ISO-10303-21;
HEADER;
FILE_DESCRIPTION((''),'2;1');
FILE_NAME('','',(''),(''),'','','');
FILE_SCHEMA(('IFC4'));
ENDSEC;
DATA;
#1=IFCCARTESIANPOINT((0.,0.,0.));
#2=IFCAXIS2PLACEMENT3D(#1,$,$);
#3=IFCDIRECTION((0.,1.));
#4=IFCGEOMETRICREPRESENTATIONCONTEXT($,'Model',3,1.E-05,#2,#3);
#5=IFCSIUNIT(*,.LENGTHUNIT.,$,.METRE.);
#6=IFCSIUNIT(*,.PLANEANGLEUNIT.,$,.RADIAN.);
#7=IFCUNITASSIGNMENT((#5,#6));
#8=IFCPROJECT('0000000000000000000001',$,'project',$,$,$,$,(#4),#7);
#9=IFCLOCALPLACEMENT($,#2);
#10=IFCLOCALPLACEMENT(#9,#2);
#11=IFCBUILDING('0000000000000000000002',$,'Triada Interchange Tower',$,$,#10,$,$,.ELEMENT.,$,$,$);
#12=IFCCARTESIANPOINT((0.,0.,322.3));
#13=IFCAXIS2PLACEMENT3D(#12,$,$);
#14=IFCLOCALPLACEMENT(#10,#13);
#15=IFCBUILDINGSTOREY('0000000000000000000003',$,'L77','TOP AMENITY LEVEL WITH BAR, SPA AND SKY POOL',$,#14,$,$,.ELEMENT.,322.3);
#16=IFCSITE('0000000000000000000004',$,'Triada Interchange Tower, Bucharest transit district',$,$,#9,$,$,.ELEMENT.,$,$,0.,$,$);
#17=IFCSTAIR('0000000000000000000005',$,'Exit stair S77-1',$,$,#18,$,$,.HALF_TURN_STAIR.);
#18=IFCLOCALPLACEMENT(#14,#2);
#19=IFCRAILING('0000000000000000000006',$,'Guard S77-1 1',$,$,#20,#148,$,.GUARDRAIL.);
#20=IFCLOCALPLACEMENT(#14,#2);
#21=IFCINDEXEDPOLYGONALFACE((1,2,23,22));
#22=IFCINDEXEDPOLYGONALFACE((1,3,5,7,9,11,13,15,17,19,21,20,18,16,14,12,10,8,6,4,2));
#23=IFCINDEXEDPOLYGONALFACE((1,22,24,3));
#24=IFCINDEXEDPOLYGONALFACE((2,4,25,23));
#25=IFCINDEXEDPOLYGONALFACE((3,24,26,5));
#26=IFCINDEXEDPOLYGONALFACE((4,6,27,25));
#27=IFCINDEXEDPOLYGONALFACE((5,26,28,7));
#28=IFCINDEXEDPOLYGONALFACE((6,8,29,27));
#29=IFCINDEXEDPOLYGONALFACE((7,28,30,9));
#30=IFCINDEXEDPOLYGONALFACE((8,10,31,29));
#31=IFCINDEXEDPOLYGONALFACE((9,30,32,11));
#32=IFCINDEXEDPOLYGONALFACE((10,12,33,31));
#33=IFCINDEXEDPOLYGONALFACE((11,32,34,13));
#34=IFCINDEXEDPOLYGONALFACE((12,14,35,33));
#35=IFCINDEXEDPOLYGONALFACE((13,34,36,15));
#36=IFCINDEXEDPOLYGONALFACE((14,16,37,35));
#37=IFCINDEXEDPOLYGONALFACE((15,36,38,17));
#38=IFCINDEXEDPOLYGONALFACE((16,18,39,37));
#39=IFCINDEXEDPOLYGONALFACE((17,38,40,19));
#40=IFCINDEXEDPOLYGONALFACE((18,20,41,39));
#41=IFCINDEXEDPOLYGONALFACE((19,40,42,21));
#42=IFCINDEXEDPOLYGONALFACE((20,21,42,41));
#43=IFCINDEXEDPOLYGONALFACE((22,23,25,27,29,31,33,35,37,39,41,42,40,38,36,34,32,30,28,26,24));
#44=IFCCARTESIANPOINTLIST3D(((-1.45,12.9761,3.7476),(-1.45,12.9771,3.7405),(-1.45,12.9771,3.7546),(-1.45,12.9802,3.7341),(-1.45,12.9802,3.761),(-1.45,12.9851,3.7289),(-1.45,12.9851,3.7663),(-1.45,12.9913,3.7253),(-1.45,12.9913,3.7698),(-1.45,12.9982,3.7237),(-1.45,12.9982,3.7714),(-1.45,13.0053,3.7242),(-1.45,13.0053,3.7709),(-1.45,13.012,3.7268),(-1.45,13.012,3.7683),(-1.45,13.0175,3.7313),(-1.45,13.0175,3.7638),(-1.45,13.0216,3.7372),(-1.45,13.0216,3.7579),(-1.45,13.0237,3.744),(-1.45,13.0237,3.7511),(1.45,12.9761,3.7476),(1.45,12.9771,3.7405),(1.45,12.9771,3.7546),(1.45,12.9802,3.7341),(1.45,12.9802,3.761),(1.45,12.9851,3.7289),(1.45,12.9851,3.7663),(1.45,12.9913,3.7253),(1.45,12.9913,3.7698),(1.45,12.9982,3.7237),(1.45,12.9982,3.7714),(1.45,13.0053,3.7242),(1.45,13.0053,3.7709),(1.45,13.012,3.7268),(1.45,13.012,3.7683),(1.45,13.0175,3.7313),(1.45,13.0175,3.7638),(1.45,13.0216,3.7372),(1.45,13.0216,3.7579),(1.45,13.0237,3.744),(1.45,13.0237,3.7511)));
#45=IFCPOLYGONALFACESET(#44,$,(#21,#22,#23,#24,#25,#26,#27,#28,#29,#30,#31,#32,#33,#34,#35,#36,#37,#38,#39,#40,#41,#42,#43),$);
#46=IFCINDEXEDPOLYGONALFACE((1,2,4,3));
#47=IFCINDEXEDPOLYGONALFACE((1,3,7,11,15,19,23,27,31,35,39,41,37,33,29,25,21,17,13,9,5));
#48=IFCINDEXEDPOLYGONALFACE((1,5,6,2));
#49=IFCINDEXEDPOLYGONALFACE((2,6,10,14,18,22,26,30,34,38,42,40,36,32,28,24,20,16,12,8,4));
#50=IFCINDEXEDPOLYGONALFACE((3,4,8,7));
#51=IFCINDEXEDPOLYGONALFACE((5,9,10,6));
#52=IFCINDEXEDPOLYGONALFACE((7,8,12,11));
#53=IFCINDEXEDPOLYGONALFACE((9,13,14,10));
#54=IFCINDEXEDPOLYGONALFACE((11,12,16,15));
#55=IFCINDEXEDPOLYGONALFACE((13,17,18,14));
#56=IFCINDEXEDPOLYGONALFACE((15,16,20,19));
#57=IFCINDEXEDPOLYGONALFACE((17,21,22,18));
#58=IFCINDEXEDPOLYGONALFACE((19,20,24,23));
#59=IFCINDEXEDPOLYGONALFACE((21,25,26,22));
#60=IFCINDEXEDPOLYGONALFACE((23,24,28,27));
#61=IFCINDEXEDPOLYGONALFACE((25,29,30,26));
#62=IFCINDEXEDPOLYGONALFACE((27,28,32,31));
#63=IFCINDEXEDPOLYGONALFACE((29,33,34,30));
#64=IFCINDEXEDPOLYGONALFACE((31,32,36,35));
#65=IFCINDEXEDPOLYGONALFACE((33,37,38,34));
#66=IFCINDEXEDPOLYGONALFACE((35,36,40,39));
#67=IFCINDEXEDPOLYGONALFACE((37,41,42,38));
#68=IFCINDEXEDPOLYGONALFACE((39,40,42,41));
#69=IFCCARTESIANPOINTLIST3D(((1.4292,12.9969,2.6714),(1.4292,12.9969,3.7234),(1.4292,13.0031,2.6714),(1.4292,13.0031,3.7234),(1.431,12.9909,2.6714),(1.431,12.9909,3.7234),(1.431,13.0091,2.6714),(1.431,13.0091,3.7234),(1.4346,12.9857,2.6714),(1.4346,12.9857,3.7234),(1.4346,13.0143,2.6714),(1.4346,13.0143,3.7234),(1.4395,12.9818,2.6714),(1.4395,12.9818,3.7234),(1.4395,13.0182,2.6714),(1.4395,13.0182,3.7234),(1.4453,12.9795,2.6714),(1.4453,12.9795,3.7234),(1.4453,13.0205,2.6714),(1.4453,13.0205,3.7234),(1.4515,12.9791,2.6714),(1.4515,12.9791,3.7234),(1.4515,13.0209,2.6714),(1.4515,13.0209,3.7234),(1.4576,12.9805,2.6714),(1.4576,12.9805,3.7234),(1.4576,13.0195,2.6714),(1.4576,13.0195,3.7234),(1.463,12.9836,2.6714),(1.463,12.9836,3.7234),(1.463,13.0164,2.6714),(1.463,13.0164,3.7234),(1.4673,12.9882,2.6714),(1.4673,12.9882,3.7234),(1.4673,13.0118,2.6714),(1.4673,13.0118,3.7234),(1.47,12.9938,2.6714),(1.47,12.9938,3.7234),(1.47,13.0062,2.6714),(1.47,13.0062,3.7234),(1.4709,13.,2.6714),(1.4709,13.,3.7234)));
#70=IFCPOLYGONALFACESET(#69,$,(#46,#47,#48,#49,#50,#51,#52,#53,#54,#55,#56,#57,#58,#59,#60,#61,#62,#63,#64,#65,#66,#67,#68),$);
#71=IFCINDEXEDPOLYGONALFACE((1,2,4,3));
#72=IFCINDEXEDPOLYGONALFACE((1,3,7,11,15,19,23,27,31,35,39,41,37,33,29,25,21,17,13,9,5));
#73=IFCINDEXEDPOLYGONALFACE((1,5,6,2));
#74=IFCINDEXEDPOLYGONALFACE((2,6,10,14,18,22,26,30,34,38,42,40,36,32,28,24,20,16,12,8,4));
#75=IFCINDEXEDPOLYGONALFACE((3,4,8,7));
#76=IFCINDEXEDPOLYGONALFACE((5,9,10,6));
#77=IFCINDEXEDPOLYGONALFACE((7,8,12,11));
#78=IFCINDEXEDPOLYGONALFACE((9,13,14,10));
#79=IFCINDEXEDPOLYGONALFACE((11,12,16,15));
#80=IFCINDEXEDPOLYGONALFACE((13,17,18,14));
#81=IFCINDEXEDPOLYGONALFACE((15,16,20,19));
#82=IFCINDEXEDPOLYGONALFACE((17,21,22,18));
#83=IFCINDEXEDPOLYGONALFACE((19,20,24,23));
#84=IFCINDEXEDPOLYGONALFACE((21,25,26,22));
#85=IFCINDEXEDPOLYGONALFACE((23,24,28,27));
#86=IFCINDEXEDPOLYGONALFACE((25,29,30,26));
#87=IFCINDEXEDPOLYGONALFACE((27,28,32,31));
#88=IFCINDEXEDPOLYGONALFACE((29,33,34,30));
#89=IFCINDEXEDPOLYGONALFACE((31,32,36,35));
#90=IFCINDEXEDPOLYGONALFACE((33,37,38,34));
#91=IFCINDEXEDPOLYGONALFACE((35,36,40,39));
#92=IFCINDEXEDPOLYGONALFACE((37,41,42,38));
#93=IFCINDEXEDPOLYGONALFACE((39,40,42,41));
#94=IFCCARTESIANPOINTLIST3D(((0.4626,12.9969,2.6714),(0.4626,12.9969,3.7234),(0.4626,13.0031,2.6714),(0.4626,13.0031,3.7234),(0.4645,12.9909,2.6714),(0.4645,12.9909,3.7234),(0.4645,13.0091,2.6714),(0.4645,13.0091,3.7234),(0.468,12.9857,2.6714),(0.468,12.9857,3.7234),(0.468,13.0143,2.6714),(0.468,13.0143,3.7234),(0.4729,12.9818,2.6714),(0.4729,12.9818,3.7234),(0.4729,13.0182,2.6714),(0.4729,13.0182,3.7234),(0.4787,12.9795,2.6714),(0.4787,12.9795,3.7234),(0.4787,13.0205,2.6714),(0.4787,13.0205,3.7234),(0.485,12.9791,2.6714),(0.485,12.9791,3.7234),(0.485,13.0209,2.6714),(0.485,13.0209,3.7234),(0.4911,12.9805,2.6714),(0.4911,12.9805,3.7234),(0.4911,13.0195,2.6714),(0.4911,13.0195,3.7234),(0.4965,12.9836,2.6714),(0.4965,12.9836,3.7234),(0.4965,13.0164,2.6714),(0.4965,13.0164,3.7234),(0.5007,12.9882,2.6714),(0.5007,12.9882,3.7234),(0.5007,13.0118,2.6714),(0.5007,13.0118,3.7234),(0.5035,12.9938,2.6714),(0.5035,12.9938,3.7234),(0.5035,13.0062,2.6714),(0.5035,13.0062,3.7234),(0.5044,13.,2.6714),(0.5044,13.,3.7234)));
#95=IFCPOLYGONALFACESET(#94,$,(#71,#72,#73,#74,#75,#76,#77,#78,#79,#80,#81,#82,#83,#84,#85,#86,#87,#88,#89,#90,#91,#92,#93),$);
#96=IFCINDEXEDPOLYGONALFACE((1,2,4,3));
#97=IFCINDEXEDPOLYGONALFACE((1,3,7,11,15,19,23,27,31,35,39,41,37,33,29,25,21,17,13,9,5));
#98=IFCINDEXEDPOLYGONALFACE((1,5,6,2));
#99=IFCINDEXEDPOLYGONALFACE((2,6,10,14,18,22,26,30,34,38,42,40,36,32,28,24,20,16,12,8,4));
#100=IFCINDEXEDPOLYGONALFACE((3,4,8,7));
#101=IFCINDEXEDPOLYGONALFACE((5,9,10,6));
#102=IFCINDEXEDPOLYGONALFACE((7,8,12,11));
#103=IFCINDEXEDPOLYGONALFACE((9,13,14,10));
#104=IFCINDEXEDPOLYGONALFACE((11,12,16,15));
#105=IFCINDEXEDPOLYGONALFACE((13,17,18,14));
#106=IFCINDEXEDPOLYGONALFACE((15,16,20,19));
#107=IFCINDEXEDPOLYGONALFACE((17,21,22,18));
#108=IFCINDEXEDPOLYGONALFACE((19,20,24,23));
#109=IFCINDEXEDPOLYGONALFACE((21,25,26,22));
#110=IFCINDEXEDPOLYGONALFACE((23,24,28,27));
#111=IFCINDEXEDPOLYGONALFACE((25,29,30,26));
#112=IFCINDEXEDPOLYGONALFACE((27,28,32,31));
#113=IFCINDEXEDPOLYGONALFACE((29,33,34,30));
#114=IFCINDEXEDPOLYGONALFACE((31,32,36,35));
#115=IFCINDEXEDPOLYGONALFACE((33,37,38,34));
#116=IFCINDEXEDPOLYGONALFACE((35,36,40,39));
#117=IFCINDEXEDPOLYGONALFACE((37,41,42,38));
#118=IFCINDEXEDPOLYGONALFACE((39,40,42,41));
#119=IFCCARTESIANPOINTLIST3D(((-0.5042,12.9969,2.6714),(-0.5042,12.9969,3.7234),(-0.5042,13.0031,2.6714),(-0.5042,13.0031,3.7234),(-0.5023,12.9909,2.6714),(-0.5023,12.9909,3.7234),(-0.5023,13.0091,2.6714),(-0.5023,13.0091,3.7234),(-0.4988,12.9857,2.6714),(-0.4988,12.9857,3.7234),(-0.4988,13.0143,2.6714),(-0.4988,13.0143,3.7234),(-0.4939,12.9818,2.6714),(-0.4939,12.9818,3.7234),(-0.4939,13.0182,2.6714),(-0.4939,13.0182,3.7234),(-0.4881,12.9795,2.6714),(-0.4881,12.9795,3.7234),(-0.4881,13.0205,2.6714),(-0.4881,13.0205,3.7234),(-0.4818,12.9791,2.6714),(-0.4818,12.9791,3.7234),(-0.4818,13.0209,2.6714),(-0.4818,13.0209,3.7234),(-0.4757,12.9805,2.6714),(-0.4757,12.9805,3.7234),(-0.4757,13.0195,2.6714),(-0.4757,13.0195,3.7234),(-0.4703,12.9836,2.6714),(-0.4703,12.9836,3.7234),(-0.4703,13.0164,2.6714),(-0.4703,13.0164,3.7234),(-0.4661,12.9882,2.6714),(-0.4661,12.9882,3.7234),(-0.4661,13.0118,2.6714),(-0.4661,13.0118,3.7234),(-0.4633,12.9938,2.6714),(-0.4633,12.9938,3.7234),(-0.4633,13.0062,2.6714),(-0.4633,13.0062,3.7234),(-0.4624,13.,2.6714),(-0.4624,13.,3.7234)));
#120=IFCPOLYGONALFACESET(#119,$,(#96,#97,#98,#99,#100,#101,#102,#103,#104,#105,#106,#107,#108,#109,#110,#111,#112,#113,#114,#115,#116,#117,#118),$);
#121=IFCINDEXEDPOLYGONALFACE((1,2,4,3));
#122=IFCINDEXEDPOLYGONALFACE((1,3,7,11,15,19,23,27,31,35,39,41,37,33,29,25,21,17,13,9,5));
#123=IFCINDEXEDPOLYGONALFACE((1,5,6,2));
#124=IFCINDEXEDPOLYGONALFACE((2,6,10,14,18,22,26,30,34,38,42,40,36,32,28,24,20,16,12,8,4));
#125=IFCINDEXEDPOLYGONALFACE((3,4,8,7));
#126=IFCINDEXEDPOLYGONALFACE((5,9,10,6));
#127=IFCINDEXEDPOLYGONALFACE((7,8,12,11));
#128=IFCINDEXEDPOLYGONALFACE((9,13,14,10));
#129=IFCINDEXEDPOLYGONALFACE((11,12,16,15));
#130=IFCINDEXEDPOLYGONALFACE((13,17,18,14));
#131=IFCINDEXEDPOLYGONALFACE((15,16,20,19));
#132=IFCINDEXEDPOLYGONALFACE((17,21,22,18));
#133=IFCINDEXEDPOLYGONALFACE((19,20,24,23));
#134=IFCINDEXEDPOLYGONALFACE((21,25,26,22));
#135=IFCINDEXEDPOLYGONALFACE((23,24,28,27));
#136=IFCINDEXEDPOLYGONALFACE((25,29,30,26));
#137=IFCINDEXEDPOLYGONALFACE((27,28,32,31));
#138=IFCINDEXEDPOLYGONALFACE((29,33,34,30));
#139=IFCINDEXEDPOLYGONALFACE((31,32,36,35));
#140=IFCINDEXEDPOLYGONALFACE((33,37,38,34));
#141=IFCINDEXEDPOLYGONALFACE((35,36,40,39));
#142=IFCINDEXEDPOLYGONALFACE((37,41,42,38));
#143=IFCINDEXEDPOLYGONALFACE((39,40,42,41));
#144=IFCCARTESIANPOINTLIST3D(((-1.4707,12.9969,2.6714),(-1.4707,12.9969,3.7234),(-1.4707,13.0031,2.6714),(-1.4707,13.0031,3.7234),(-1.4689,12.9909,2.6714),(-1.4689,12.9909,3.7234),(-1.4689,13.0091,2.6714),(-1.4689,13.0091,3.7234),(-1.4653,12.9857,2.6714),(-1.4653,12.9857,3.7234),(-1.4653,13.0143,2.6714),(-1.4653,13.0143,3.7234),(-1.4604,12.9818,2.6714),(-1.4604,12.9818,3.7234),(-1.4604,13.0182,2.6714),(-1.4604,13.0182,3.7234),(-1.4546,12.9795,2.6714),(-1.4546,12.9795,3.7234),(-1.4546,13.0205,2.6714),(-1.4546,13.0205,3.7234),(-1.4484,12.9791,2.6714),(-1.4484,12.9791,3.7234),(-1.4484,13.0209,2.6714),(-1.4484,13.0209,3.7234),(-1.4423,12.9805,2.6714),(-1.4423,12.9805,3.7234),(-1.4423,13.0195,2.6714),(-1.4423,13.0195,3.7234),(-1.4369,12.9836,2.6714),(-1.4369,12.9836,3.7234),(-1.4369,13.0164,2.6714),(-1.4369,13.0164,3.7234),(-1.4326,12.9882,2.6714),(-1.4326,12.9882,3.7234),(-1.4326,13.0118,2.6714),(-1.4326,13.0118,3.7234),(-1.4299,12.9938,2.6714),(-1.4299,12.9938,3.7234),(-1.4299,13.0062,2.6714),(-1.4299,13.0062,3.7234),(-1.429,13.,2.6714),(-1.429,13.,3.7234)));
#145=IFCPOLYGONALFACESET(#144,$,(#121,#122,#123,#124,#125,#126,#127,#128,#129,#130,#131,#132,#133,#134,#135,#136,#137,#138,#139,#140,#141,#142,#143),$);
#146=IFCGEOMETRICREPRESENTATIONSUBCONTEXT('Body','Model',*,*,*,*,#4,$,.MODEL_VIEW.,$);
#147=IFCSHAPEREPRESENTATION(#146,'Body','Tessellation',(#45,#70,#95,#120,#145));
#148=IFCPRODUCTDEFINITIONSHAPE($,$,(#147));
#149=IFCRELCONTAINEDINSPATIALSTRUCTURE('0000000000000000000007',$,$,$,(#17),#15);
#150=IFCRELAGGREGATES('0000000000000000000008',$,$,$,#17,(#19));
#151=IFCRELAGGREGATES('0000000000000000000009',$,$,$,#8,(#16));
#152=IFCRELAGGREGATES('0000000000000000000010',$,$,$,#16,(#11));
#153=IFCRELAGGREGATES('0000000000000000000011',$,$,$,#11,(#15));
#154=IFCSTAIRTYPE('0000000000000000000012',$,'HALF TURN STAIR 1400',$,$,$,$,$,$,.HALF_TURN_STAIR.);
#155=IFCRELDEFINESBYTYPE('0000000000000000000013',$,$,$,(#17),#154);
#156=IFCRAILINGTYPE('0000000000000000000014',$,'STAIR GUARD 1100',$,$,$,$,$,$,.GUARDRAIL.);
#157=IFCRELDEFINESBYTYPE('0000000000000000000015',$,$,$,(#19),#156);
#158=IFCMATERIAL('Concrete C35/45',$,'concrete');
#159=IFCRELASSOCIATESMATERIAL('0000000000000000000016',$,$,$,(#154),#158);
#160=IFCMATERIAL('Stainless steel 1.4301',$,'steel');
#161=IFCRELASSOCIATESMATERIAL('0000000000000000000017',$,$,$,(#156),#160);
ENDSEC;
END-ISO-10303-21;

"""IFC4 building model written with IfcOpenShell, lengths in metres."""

from ifc_helpers import new_model, si_unit, direction, frame, origin, origin_2d, place, context, subcontext, project, spatial, circle, extrude, material, type_object, element, aggregate, save


model = new_model("IFC4")

# Units and contexts
model_context = context("Model", 3, precision=1e-05, world=origin(), true_north=direction((0.0, 1.0)))
body_context = subcontext(model_context, "Body", "Model", "MODEL_VIEW")
ifc_project = project(units=[si_unit("LENGTHUNIT", "METRE"), si_unit("PLANEANGLEUNIT", "RADIAN")], contexts=[model_context])

# Site, building, storey
site_placement = place(None, origin())
site = spatial("IfcSite", under=ifc_project, at=site_placement, Name="Triada Interchange Tower, Bucharest transit district", CompositionType="ELEMENT", RefElevation=0.0)
building_placement = place(site_placement, origin())
building = spatial("IfcBuilding", under=site, at=building_placement, Name="Triada Interchange Tower", CompositionType="ELEMENT")
storey_placement = place(building_placement, frame((0.0, 0.0, 322.3)))
storey = spatial("IfcBuildingStorey", under=building, at=storey_placement, Name="L77", Description="TOP AMENITY LEVEL WITH BAR, SPA AND SKY POOL", CompositionType="ELEMENT", Elevation=322.3)

# Shared definitions
ifc_material_1 = material(Name="Concrete C35/45", Category="concrete")

# Stair, railing
stair_type = type_object("IfcStairType", Name="HALF TURN STAIR 1400", PredefinedType="HALF_TURN_STAIR", material=ifc_material_1)
stair_placement = place(storey_placement, origin())
stair = element("IfcStair", 1, at=stair_placement, inside=storey, type_object=stair_type, Name="Exit stair S77-1", PredefinedType="HALF_TURN_STAIR")
ifc_material_2 = material(Name="Stainless steel 1.4301", Category="steel")
railing_type_1 = type_object("IfcRailingType", Name="STAIR GUARD 1100", PredefinedType="GUARDRAIL", material=ifc_material_2)
railing_1_placement = place(storey_placement, frame((1.45, 13.0, 2.6714)))
railing_1 = element("IfcRailing", 2, at=railing_1_placement, type_object=railing_type_1, Name="Guard S77-1 1", PredefinedType="GUARDRAIL", context=body_context, shape_type="SweptSolid", body=[
    extrude(circle(Radius=0.0239, at=origin_2d()), frame((0.0, 0.0, 1.0762), z_axis=(-1.0, 0.0, 0.0), x_axis=(0.0, -1.0, 0.0)), (0.0, 0.0, 1.0), 2.8999),
    extrude(circle(Radius=0.021, at=origin_2d()), origin(), (0.0, 0.0, 1.0), 1.052),
    extrude(circle(Radius=0.021, at=origin_2d()), frame((-0.9666, 0.0, 0.0)), (0.0, 0.0, 1.0), 1.052),
    extrude(circle(Radius=0.021, at=origin_2d()), frame((-1.9333, 0.0, 0.0)), (0.0, 0.0, 1.0), 1.052),
    extrude(circle(Radius=0.021, at=origin_2d()), frame((-2.8999, 0.0, 0.0)), (0.0, 0.0, 1.0), 1.052),
])
aggregate(stair, [railing_1])

save(model, "model.ifc")
